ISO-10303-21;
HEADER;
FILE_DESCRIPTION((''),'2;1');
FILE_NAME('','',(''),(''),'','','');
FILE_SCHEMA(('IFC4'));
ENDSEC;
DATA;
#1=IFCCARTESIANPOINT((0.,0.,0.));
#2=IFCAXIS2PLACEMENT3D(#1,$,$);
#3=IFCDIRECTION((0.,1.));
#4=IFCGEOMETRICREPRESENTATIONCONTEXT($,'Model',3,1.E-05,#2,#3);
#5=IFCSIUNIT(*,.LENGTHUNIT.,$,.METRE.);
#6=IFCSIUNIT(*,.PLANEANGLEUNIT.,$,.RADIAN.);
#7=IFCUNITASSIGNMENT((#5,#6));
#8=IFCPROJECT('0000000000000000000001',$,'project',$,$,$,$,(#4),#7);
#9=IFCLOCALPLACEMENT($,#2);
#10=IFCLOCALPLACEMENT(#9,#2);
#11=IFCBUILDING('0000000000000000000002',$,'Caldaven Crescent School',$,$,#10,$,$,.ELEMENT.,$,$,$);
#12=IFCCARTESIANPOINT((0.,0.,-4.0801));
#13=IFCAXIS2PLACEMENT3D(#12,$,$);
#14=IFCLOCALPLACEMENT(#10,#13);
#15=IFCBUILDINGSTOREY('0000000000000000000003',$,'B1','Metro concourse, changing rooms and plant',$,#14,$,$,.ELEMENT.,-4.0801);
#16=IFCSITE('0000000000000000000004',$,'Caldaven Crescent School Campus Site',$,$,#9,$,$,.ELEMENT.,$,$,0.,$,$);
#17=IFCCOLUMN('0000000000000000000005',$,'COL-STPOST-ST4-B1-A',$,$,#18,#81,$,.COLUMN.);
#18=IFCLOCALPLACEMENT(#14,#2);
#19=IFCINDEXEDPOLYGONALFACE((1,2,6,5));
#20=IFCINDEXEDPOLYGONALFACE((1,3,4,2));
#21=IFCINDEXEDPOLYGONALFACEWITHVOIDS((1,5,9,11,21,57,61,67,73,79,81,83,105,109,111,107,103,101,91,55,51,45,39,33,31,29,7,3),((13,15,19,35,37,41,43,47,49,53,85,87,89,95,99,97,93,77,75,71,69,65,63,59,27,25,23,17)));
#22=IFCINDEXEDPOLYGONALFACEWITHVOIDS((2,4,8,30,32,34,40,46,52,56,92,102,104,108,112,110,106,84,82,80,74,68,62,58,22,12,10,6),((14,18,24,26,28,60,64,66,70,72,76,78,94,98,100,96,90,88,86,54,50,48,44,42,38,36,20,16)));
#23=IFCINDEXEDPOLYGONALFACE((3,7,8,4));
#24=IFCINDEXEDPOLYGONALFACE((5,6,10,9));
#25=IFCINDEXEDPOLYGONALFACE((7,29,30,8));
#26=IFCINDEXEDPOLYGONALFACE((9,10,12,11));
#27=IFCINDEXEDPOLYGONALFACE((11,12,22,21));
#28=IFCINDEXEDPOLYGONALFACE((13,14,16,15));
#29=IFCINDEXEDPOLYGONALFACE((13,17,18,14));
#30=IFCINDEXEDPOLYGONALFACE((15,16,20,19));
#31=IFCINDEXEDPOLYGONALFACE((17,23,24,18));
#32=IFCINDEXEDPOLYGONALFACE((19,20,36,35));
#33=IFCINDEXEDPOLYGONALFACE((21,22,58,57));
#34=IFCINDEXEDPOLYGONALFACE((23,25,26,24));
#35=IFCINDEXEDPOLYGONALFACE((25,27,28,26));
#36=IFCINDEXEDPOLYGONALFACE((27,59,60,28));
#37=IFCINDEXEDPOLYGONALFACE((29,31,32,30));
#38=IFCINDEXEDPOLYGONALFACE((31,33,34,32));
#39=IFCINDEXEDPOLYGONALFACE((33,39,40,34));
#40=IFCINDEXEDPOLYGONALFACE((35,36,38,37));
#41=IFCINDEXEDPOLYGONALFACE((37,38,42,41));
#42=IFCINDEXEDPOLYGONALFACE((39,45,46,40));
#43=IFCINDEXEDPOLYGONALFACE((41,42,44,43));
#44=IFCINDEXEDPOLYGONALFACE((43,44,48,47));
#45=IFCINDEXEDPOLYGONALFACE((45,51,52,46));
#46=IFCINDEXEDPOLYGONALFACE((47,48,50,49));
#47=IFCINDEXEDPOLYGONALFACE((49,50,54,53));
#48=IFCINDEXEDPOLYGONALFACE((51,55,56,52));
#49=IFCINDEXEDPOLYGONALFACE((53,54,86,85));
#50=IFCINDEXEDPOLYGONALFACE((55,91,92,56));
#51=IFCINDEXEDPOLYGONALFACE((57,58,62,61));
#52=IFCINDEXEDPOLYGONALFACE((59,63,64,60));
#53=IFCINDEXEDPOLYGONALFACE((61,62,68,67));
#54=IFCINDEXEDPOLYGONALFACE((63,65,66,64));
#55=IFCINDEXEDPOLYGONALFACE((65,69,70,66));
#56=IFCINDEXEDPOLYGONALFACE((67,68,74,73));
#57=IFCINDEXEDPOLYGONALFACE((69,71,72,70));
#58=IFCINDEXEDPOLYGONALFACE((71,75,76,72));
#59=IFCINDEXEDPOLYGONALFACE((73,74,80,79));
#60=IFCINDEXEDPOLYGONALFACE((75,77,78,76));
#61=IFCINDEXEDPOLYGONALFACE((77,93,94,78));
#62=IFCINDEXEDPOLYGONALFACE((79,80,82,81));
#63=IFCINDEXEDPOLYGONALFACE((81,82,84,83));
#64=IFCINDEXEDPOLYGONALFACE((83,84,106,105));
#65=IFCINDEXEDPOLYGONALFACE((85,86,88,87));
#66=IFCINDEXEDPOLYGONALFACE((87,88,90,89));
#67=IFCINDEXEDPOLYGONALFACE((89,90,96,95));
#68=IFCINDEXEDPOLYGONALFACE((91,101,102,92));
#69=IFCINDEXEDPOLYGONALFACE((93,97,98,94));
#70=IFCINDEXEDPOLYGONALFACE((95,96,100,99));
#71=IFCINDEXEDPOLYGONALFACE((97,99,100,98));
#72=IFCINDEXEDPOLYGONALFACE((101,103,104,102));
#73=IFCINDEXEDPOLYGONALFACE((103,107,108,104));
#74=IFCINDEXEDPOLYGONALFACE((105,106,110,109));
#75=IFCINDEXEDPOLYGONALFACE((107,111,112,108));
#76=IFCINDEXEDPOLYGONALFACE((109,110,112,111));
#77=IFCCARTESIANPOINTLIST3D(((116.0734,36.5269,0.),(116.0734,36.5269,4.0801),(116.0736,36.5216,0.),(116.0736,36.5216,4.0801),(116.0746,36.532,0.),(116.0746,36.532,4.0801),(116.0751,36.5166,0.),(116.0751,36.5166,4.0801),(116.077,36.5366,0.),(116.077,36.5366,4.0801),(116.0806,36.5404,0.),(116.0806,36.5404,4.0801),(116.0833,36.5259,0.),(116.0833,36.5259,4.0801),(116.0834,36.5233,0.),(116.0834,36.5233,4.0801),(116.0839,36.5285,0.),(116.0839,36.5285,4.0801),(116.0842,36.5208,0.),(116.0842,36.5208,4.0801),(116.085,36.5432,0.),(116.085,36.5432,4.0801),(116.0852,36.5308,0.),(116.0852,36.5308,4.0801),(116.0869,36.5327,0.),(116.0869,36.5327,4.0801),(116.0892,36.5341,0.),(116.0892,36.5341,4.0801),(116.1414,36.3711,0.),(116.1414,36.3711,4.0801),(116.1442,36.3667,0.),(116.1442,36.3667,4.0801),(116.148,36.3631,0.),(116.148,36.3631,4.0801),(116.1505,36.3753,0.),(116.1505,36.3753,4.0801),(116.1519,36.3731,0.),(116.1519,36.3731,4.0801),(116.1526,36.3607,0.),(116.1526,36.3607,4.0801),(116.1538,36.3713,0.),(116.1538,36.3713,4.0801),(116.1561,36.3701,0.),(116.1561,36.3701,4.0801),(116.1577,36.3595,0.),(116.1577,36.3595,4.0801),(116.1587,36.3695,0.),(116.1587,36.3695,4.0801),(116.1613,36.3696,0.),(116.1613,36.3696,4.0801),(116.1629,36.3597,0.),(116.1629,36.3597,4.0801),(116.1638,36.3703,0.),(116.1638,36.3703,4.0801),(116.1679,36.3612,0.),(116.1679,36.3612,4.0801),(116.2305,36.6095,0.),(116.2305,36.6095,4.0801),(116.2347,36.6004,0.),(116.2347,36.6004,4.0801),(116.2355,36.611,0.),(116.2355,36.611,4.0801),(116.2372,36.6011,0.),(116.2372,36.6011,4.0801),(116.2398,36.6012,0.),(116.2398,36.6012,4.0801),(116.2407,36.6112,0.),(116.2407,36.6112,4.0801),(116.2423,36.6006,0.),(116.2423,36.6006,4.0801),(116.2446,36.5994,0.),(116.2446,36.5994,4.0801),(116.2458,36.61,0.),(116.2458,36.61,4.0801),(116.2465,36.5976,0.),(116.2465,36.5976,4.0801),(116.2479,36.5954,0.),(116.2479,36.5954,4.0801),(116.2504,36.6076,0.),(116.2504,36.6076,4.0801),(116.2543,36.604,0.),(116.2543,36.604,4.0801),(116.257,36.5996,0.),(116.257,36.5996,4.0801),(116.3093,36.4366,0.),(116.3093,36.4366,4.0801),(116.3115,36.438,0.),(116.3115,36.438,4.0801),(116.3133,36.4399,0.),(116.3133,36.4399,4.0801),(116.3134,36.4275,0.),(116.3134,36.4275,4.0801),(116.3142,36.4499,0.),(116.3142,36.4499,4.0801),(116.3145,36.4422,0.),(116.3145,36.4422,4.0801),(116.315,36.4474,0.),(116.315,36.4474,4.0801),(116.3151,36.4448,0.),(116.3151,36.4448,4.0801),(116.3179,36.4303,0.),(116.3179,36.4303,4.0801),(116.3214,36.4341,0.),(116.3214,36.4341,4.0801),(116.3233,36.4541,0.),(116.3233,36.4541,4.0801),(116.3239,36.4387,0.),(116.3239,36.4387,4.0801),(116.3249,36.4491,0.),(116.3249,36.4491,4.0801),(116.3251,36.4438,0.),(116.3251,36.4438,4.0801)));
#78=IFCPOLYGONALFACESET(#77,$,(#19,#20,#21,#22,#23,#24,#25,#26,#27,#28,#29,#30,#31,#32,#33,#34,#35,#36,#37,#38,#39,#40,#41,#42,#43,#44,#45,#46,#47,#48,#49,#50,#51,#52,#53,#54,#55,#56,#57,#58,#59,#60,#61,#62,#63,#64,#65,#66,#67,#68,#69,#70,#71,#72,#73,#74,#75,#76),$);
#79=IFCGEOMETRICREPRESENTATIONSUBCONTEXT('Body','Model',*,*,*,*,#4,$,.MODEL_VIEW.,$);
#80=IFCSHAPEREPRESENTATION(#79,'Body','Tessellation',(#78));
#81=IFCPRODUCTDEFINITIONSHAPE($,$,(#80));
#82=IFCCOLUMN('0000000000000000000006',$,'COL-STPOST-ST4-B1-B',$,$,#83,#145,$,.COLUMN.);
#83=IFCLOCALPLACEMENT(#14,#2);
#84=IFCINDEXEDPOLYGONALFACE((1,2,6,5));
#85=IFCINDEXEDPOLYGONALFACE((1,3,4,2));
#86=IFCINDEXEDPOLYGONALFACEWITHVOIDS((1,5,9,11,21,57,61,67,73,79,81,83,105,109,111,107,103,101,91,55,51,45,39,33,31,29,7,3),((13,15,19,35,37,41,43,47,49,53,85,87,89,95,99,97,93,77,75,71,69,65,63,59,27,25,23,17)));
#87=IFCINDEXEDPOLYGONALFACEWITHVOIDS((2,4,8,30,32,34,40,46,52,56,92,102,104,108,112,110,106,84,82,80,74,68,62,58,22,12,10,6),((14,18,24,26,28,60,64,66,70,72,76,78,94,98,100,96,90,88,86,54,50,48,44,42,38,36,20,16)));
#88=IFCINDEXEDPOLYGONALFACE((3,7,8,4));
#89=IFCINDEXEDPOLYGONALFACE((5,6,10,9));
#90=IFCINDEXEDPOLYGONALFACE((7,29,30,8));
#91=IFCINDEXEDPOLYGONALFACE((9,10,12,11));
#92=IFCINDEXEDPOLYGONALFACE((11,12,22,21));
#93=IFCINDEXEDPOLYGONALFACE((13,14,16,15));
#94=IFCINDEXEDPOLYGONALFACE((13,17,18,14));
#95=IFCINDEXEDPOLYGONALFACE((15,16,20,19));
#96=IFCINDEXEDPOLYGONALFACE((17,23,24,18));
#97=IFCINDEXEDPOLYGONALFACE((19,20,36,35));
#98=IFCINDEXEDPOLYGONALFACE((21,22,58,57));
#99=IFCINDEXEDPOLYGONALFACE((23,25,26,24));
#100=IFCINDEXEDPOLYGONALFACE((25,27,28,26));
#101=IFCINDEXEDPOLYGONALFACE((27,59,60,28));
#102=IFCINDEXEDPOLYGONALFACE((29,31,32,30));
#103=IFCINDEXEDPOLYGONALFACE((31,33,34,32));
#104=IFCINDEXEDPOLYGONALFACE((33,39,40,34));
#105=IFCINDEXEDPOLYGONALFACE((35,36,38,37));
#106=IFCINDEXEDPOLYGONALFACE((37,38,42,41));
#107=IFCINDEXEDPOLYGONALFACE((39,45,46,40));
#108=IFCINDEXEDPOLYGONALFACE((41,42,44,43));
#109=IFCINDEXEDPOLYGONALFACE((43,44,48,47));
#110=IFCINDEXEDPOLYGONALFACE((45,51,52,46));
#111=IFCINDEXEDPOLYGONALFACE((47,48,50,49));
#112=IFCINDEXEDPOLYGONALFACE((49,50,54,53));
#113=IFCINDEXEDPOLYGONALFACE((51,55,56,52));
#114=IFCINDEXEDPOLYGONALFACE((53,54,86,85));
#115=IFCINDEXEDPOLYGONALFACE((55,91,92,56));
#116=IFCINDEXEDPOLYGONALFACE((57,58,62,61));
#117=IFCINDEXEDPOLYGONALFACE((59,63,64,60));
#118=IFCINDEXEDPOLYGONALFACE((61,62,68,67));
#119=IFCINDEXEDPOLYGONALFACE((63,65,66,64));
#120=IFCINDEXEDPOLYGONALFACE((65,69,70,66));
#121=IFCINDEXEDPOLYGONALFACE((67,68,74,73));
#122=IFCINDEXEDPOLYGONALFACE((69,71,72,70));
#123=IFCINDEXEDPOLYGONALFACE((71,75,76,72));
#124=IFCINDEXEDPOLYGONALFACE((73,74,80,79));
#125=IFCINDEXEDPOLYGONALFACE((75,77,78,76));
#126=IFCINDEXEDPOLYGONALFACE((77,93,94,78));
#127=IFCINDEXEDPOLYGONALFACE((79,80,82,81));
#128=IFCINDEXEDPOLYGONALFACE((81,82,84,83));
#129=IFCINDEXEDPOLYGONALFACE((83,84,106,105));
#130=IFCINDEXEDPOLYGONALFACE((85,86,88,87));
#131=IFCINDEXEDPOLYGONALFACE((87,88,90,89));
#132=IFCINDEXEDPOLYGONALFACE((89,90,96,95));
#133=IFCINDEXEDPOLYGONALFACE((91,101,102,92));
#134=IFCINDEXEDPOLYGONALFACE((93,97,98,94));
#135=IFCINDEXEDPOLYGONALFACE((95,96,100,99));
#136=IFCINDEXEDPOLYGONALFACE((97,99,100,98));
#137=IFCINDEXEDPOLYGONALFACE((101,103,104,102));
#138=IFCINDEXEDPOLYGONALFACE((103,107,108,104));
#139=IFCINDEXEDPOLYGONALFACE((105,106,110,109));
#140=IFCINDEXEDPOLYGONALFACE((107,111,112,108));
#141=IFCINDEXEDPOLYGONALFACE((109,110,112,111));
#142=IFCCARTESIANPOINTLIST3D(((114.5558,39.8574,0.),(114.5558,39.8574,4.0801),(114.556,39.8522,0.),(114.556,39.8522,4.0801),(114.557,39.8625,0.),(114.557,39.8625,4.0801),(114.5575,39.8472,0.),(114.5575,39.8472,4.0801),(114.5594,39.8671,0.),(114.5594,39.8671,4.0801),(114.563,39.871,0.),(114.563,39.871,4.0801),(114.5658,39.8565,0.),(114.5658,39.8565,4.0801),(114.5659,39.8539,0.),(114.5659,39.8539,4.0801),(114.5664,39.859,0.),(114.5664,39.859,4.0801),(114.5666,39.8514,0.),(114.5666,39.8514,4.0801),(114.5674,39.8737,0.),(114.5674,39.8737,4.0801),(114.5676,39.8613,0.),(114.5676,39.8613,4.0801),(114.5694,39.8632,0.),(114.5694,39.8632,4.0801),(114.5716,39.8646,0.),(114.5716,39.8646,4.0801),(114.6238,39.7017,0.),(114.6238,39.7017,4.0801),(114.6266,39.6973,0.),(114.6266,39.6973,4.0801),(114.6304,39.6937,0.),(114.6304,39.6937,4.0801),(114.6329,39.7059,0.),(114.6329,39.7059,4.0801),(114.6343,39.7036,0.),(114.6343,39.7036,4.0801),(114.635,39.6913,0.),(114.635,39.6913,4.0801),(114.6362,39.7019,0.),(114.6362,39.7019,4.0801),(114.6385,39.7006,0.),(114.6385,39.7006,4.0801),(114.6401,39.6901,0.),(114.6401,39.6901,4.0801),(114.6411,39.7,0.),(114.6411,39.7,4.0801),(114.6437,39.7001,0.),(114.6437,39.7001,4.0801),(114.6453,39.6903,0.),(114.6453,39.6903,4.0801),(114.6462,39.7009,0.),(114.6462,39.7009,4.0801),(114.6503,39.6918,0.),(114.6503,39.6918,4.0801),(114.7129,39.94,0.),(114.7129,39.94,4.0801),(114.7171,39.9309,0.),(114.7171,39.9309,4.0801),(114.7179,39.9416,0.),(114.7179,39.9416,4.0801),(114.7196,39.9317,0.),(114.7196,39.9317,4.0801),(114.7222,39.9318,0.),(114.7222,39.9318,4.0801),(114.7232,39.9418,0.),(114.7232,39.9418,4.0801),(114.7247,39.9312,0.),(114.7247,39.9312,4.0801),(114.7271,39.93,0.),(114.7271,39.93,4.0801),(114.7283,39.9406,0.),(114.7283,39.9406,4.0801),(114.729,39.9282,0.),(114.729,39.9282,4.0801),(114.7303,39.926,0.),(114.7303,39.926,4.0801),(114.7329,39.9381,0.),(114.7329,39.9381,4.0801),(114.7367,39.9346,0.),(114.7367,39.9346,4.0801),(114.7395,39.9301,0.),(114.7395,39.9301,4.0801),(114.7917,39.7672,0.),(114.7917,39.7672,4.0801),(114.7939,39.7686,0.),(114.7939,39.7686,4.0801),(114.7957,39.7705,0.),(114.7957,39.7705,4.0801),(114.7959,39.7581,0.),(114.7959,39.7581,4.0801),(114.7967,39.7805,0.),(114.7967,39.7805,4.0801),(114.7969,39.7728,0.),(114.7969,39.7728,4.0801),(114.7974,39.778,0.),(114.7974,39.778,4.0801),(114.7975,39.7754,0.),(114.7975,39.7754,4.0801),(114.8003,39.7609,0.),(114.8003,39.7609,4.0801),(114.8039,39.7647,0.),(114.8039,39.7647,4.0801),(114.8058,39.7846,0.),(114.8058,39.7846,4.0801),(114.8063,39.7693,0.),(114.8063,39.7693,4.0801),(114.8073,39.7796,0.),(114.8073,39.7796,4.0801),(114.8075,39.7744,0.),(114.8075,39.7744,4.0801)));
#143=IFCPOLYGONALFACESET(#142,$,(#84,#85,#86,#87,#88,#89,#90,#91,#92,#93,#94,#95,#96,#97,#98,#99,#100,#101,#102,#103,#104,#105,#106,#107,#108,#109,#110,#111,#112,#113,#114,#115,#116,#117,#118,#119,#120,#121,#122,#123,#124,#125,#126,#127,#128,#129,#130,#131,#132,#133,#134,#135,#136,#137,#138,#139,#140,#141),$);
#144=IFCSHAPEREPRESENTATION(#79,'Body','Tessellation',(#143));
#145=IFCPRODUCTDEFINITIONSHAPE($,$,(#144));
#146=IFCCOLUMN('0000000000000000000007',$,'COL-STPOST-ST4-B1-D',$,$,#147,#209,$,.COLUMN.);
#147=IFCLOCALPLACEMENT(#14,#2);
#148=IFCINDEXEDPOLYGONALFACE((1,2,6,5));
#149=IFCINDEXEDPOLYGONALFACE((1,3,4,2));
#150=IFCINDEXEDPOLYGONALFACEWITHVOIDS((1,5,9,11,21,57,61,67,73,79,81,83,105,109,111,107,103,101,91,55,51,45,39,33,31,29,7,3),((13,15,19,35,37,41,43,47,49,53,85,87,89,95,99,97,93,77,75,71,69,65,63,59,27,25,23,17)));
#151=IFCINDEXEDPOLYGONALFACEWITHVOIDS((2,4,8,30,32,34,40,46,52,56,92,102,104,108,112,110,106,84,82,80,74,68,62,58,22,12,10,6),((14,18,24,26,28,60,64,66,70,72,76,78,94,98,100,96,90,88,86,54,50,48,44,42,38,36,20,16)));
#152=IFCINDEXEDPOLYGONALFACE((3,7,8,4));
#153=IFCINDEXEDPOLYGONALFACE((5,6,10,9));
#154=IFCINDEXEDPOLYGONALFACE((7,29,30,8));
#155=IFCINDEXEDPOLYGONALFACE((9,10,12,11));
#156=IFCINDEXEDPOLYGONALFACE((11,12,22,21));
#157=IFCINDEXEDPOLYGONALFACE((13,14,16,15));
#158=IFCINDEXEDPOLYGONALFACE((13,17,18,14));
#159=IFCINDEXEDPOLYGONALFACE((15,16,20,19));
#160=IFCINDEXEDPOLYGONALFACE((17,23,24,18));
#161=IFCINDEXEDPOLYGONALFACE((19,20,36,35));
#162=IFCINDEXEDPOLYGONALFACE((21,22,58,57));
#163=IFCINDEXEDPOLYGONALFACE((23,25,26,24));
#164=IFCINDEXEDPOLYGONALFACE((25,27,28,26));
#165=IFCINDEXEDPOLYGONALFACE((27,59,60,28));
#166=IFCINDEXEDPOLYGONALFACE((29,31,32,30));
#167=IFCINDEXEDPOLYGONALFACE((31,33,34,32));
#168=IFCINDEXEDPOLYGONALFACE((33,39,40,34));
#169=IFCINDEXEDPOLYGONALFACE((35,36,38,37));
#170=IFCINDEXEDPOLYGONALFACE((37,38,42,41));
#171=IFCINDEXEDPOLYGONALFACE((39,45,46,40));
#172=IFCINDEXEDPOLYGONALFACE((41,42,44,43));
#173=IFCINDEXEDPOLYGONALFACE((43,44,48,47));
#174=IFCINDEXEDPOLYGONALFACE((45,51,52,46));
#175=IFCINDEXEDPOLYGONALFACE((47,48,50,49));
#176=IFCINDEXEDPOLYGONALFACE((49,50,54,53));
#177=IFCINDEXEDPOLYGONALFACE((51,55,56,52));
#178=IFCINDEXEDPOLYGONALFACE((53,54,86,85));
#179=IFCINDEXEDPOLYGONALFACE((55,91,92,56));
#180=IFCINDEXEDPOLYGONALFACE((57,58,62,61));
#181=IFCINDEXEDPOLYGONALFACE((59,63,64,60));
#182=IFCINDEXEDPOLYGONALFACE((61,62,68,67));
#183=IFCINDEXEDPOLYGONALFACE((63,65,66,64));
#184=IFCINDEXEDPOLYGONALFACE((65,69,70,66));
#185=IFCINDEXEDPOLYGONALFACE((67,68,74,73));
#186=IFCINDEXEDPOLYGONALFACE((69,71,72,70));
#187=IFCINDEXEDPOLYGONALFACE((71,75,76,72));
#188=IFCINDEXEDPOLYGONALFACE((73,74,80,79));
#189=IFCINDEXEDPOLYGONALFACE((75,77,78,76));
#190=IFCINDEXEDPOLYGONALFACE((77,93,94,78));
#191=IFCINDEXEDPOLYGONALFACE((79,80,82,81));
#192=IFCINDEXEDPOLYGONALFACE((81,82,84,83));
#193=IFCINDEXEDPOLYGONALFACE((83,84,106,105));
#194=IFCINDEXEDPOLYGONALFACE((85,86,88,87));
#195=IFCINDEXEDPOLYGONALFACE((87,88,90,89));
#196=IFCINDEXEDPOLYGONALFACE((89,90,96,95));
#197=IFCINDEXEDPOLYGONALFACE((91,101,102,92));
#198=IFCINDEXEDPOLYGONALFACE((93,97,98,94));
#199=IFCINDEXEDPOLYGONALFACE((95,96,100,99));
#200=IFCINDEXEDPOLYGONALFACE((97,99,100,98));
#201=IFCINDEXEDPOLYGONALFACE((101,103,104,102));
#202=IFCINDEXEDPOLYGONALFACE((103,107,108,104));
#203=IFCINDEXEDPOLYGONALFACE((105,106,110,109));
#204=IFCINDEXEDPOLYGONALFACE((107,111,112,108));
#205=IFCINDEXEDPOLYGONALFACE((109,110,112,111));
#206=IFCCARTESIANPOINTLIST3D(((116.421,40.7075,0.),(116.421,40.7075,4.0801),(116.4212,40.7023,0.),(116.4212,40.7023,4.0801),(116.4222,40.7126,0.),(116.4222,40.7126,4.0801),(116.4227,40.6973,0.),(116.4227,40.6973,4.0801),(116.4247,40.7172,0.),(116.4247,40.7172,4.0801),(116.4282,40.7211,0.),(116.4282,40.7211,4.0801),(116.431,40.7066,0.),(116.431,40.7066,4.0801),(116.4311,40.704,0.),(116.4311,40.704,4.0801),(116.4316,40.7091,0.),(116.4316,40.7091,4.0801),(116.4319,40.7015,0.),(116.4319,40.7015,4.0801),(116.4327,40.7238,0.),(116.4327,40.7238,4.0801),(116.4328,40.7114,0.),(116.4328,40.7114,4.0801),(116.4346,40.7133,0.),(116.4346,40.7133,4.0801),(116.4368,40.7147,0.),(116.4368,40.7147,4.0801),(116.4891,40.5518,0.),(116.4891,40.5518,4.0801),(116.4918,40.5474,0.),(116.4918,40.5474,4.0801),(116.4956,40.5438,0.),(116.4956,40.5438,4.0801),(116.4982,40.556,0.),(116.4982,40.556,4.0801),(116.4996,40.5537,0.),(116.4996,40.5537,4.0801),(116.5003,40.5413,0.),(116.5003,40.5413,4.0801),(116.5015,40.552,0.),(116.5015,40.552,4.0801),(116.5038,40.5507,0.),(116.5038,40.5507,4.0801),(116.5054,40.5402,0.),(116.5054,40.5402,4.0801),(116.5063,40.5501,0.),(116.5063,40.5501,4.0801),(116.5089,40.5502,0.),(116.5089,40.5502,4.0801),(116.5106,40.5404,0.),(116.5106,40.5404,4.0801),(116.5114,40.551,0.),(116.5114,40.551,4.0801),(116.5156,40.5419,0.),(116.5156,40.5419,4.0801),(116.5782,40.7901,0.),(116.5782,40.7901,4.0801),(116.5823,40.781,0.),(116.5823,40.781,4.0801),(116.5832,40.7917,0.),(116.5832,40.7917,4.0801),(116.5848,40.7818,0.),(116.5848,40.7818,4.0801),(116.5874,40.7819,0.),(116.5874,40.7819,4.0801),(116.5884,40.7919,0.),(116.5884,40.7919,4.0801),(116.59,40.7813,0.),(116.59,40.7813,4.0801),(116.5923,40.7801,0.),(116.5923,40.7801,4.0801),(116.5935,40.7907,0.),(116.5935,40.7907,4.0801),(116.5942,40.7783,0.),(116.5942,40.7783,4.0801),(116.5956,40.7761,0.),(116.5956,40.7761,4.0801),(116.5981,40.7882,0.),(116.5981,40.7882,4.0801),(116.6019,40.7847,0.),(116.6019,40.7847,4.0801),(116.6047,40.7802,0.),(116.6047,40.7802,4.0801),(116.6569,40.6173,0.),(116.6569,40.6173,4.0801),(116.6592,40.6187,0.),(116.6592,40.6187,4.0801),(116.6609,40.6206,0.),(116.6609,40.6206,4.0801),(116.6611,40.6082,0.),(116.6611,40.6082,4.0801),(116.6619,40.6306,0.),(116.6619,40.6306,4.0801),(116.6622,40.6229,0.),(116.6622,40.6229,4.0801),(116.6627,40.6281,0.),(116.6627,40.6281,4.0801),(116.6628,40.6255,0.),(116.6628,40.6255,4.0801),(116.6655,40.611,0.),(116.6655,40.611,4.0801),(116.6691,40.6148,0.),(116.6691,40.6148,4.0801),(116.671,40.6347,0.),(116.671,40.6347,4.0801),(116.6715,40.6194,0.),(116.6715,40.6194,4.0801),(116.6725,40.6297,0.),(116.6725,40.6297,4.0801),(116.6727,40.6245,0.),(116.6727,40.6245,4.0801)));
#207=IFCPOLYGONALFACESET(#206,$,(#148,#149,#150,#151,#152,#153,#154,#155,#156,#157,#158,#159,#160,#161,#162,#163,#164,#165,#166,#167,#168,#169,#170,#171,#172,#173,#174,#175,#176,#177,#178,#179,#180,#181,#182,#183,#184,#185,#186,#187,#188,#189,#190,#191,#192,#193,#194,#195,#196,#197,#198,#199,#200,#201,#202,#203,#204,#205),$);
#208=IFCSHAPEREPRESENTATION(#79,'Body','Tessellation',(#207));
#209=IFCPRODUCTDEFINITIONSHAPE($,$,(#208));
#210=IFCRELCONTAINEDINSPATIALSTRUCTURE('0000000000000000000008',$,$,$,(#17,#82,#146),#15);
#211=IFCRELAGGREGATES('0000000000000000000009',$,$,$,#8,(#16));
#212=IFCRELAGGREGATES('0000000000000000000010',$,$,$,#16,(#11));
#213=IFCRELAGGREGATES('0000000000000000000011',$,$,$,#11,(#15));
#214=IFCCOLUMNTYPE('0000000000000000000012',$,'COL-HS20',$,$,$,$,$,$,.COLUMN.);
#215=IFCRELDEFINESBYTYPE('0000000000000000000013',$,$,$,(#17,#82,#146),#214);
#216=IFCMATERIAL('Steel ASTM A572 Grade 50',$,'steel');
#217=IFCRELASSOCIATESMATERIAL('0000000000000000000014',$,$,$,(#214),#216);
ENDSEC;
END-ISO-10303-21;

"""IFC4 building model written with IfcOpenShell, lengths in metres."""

from ifc_helpers import new_model, si_unit, direction, frame, origin, origin_2d, place, context, subcontext, project, spatial, hollow_rectangle, extrude, material, material_profile, profile_set, type_object, element, save


model = new_model("IFC4")

# Units and contexts
model_context = context("Model", 3, precision=1e-05, world=origin(), true_north=direction((0.0, 1.0)))
body_context = subcontext(model_context, "Body", "Model", "MODEL_VIEW")
ifc_project = project(units=[si_unit("LENGTHUNIT", "METRE"), si_unit("PLANEANGLEUNIT", "RADIAN")], contexts=[model_context])

# Site, building, storey
site_placement = place(None, origin())
site = spatial("IfcSite", under=ifc_project, at=site_placement, Name="Caldaven Crescent School Campus Site", CompositionType="ELEMENT", RefElevation=0.0)
building_placement = place(site_placement, origin())
building = spatial("IfcBuilding", under=site, at=building_placement, Name="Caldaven Crescent School", CompositionType="ELEMENT")
storey_placement = place(building_placement, frame((0.0, 0.0, -4.0801)))
storey = spatial("IfcBuildingStorey", under=building, at=storey_placement, Name="B1", Description="Metro concourse, changing rooms and plant", CompositionType="ELEMENT", Elevation=-4.0801)

# Columns
ifc_material_1 = material(Name="Steel ASTM A572 Grade 50", Category="steel")
ifc_material_profile_1 = material_profile(ifc_material_1, hollow_rectangle(XDim=0.2, YDim=0.2, WallThickness=0.01, InnerFilletRadius=0.01, OuterFilletRadius=0.02, at=origin_2d()), Name="HSS 200x200x10")
ifc_profile_set_1 = profile_set([ifc_material_profile_1], Name="Steel ASTM A572 Grade 50")
column_type_1 = type_object("IfcColumnType", Name="COL-HS20", PredefinedType="COLUMN", material=ifc_profile_set_1)
for number, where, z_axis, x_axis, name in (
    (1, (116.1992, 36.4854, 0.0), (0.0, 0.0, 1.0), (0.909961, 0.414693, 0.0), "COL-STPOST-ST4-B1-A"),
    (2, (114.6816, 39.8159, 0.0), (0.0, 0.0, 1.0), (0.909961, 0.414693, 0.0), "COL-STPOST-ST4-B1-B"),
    (3, (116.5469, 40.666, 0.0), (0.0, 0.0, 1.0), (0.909961, 0.414693, 0.0), "COL-STPOST-ST4-B1-D"),
):
    element("IfcColumn", number, at=place(storey_placement, frame(where, z_axis=z_axis, x_axis=x_axis)), inside=storey, type_object=column_type_1, Name=name, PredefinedType="COLUMN", context=body_context, shape_type="SweptSolid", body=[
        extrude(hollow_rectangle(XDim=0.2, YDim=0.2, WallThickness=0.01, InnerFilletRadius=0.01, OuterFilletRadius=0.02, at=origin_2d()), origin(), (0.0, 0.0, 1.0), 4.0801),
    ])

save(model, "model.ifc")
